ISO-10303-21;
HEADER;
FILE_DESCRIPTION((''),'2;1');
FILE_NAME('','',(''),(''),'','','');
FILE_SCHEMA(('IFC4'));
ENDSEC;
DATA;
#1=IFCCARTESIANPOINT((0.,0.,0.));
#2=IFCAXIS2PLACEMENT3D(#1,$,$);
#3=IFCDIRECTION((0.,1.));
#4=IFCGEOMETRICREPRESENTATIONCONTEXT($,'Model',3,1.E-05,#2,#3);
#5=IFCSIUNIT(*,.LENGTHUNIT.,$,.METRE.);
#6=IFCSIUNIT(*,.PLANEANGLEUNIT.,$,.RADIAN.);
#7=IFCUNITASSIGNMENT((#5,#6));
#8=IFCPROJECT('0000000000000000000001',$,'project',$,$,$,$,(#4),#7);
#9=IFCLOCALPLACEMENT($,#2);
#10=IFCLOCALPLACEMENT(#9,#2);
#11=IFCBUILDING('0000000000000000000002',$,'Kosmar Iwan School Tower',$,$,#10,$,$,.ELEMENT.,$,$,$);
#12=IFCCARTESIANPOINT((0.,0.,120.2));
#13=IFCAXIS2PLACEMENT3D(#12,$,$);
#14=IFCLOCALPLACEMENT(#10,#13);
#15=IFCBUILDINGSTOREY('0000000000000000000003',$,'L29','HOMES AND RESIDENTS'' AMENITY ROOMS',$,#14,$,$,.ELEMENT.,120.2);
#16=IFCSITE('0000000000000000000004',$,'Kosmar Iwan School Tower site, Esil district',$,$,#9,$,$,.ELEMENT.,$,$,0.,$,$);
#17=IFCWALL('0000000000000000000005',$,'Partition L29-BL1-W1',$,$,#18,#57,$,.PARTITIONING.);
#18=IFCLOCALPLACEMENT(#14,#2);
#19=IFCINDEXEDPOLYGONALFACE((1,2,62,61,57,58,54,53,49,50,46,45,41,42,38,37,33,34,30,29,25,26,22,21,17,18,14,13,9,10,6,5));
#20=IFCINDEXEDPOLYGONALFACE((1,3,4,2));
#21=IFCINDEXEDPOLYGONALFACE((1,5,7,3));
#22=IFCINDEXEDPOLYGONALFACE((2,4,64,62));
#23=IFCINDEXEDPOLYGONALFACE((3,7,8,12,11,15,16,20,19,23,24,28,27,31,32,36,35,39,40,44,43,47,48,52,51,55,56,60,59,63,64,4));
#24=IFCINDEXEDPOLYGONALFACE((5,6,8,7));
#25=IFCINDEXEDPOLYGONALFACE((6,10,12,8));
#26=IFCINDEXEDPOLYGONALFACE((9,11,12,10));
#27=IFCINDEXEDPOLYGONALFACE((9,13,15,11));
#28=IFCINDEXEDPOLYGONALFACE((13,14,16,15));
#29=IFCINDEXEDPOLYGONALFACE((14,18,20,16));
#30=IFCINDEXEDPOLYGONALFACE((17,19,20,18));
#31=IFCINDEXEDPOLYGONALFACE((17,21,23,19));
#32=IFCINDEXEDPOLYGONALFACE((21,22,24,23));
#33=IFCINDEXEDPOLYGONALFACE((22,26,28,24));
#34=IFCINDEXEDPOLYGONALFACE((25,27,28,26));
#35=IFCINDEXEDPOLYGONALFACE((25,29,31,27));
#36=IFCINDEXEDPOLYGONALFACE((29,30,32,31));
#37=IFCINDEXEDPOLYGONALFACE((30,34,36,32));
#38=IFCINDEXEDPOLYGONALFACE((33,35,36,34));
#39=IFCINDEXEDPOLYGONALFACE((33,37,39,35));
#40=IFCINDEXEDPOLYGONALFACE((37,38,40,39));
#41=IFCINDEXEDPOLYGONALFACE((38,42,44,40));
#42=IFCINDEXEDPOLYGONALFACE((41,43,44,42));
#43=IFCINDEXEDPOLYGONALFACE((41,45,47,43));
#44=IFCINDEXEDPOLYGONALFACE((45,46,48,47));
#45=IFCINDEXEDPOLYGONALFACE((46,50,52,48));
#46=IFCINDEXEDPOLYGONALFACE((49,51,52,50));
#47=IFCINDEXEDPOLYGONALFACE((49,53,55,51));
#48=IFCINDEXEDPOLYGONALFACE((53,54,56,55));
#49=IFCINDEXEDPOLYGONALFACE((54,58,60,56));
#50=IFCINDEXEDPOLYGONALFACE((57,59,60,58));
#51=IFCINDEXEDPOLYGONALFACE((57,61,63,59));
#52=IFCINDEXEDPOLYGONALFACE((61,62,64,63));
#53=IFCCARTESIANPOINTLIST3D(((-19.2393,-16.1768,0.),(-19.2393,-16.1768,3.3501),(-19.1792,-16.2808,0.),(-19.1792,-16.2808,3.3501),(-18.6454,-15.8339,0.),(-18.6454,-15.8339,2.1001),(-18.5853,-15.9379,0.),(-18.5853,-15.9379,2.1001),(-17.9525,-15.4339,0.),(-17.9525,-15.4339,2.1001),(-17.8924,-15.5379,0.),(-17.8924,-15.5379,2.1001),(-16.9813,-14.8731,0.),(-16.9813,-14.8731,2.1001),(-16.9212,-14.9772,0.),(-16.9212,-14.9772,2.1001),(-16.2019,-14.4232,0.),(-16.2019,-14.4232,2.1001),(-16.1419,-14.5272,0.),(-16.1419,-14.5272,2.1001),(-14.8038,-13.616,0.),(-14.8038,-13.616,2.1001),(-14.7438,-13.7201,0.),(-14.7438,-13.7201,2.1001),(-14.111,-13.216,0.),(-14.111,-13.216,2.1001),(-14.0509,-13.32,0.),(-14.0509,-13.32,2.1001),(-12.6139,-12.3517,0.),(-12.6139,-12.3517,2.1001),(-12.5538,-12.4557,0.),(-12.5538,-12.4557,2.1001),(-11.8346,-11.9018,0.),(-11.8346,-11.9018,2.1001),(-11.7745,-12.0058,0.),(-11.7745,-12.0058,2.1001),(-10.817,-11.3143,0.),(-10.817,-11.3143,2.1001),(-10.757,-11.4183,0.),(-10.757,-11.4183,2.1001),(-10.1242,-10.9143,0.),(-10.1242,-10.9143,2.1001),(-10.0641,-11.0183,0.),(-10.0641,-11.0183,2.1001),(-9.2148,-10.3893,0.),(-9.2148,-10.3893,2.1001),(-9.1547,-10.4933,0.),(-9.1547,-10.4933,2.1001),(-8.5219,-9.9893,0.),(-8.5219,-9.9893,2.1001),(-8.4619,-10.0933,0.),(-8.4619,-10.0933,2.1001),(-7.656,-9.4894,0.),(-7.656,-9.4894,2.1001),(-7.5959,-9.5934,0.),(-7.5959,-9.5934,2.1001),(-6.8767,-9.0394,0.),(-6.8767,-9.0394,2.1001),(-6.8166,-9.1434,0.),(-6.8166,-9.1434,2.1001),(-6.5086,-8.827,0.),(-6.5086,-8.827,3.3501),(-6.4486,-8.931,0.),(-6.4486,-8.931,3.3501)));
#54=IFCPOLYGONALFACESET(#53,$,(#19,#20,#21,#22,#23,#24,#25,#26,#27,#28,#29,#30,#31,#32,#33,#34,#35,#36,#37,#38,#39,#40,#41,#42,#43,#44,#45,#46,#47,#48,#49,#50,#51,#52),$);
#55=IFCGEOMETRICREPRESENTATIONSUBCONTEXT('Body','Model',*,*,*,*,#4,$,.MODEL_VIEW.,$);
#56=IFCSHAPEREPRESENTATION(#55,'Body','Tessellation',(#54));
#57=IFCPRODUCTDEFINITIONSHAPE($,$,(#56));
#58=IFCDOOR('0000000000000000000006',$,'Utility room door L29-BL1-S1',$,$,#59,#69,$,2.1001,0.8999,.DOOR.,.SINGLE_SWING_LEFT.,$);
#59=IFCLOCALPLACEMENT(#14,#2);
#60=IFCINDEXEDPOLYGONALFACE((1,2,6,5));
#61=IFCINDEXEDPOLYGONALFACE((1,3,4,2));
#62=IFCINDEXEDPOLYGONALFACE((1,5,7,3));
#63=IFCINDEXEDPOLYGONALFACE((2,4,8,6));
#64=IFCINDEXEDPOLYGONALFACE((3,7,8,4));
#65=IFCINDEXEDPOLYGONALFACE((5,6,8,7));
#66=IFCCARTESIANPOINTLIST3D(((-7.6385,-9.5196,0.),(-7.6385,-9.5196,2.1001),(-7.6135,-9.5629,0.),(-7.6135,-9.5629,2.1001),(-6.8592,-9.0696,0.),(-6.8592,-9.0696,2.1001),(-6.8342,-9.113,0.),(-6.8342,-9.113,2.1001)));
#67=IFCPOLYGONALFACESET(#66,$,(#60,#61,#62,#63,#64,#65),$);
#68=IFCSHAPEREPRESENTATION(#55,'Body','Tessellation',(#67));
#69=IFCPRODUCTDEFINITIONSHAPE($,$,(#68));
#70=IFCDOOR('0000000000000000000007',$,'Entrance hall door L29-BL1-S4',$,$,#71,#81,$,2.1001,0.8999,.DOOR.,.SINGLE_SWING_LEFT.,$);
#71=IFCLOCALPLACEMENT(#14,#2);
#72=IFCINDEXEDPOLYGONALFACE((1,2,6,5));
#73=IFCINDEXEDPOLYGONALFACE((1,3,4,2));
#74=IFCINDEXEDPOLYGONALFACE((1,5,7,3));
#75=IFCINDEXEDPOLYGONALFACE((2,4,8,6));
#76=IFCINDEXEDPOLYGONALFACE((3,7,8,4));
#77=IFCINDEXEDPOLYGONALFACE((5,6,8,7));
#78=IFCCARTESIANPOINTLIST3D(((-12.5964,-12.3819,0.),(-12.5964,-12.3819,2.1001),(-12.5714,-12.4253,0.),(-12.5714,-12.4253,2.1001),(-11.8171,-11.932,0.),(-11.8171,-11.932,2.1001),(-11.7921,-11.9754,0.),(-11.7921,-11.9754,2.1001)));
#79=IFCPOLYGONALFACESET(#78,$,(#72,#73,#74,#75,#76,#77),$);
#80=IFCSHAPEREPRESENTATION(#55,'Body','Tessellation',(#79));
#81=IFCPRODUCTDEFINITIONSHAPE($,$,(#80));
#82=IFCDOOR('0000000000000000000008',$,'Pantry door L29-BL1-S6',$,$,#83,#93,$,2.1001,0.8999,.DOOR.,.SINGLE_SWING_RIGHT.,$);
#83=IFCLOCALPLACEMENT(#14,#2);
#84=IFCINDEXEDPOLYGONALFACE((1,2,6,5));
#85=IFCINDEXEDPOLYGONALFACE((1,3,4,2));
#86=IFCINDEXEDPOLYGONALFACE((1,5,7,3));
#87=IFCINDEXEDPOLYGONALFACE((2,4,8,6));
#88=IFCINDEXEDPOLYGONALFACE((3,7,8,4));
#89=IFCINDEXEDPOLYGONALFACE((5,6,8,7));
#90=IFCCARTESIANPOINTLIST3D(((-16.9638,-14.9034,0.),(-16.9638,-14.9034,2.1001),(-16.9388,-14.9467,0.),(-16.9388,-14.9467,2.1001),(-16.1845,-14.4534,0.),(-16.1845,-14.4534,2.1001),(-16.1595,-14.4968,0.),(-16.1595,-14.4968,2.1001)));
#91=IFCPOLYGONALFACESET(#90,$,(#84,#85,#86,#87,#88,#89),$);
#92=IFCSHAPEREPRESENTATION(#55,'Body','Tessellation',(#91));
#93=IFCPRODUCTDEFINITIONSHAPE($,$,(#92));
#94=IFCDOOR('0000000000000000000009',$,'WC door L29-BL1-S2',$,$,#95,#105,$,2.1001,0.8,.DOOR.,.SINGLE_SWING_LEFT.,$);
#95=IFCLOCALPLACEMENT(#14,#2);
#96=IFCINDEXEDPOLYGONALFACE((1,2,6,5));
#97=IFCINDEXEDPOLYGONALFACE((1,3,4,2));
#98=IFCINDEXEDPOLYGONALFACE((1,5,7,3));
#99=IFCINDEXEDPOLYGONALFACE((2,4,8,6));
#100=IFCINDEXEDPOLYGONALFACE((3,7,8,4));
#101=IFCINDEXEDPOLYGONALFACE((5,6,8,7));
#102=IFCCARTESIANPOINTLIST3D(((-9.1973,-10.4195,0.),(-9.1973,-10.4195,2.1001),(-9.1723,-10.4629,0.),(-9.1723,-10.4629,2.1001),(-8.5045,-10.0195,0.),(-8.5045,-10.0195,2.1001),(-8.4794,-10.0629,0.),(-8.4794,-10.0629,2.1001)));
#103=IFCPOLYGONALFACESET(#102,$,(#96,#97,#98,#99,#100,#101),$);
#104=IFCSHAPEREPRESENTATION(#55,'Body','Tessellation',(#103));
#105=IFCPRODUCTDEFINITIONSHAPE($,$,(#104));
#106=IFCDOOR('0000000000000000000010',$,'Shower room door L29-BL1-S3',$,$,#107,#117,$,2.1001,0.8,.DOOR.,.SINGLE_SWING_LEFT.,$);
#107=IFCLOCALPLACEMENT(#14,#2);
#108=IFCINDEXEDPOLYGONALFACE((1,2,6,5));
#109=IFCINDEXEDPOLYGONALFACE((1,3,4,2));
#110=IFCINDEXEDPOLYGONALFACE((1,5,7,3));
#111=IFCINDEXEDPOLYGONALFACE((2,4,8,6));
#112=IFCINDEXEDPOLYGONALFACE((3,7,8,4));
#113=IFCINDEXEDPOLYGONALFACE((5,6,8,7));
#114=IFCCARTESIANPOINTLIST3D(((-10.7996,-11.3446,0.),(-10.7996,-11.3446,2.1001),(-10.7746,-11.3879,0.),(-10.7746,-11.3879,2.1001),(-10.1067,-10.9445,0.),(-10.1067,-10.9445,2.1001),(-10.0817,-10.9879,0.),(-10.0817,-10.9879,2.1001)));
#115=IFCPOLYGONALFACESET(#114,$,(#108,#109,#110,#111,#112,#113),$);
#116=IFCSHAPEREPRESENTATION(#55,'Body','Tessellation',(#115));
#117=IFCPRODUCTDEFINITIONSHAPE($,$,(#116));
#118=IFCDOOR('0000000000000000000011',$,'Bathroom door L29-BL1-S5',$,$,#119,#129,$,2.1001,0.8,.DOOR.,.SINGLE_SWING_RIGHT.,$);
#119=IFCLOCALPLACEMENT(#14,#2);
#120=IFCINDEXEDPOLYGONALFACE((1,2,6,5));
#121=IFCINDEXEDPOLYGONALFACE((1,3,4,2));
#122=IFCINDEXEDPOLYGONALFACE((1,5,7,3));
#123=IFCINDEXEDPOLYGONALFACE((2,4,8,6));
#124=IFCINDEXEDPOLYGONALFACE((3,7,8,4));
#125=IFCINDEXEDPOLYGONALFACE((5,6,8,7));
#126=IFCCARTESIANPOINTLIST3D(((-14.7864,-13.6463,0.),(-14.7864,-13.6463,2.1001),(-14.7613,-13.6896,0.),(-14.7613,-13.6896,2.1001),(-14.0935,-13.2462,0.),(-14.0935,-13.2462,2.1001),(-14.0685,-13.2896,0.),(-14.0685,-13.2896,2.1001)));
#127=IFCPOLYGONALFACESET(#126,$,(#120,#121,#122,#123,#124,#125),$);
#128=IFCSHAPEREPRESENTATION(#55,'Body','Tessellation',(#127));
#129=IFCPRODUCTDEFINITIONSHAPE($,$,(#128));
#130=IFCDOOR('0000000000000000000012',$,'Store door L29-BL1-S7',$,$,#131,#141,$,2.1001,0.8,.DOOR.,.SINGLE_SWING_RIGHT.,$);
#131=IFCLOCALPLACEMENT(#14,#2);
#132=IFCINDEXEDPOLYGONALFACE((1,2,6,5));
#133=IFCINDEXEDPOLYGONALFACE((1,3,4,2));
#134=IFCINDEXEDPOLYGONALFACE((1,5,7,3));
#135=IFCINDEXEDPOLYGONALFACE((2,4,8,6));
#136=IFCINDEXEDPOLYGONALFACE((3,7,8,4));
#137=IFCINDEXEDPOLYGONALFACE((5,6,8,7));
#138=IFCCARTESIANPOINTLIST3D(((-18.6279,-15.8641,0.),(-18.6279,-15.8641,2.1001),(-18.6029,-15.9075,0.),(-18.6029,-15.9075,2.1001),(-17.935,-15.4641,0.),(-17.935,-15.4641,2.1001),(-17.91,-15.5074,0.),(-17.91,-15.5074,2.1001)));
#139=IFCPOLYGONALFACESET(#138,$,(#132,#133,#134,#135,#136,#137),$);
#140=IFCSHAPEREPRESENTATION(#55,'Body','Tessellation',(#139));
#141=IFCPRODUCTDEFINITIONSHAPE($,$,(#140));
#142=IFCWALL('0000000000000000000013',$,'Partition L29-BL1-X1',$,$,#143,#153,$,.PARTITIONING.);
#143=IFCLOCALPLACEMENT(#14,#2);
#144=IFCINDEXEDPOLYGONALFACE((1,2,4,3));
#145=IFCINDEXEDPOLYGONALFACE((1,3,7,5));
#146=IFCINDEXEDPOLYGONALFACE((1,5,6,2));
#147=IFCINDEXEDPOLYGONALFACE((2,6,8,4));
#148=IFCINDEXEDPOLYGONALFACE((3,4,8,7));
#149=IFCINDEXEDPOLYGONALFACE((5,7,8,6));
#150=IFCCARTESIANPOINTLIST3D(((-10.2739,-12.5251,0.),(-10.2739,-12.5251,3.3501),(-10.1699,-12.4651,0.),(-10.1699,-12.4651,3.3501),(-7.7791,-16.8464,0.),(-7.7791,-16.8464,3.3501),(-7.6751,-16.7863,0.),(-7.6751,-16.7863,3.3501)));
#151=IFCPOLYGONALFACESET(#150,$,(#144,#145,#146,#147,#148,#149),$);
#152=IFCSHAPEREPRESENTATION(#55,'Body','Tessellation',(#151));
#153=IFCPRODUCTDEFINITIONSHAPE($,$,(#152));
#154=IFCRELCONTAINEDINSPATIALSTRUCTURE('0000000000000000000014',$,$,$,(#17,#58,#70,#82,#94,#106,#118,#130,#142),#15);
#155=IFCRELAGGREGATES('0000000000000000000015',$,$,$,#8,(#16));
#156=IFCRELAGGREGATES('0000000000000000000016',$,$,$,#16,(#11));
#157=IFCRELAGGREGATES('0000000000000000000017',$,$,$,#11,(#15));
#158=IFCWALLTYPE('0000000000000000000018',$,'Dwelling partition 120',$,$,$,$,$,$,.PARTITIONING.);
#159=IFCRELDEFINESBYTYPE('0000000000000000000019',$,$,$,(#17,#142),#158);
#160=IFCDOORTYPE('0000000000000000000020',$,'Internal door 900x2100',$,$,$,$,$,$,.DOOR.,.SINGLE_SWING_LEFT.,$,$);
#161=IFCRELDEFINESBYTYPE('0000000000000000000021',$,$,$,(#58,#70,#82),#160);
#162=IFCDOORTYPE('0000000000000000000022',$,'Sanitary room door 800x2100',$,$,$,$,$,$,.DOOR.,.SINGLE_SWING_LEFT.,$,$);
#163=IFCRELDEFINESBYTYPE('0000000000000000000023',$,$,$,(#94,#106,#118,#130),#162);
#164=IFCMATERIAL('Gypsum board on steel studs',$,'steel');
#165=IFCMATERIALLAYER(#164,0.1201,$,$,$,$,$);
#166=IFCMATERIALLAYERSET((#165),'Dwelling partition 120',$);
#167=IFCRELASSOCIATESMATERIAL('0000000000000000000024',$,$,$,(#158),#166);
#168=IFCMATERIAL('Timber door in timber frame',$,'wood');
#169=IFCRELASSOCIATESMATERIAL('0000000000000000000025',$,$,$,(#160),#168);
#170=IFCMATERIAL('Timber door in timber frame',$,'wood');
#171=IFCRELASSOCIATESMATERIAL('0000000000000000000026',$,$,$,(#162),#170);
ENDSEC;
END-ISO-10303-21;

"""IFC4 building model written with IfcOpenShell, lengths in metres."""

from ifc_helpers import new_model, si_unit, direction, frame, frame_2d, origin, place, context, subcontext, project, spatial, rectangle, extrude, material, layer, layer_set, type_object, element, fill, save


model = new_model("IFC4")

# Units and contexts
model_context = context("Model", 3, precision=1e-05, world=origin(), true_north=direction((0.0, 1.0)))
body_context = subcontext(model_context, "Body", "Model", "MODEL_VIEW")
ifc_project = project(units=[si_unit("LENGTHUNIT", "METRE"), si_unit("PLANEANGLEUNIT", "RADIAN")], contexts=[model_context])

# Site, building, storey
site_placement = place(None, origin())
site = spatial("IfcSite", under=ifc_project, at=site_placement, Name="Kosmar Iwan School Tower site, Esil district", CompositionType="ELEMENT", RefElevation=0.0)
building_placement = place(site_placement, origin())
building = spatial("IfcBuilding", under=site, at=building_placement, Name="Kosmar Iwan School Tower", CompositionType="ELEMENT")
storey_placement = place(building_placement, frame((0.0, 0.0, 120.2)))
storey = spatial("IfcBuildingStorey", under=building, at=storey_placement, Name="L29", Description="HOMES AND RESIDENTS' AMENITY ROOMS", CompositionType="ELEMENT", Elevation=120.2)

# Wall, openings, doors
ifc_material_1 = material(Name="Gypsum board on steel studs", Category="steel")
ifc_layer = layer(ifc_material_1, 0.1201)
ifc_layer_set = layer_set([ifc_layer], Name="Dwelling partition 120")
wall_type = type_object("IfcWallType", Name="Dwelling partition 120", PredefinedType="PARTITIONING", material=ifc_layer_set)
wall_1_placement = place(storey_placement, frame((-6.4785, -8.8789, 0.0), z_axis=(0.0, 0.0, 1.0), x_axis=(-0.866032, -0.499988, 0.0)))
wall_1 = element("IfcWall", 1, at=wall_1_placement, inside=storey, type_object=wall_type, Name="Partition L29-BL1-W1", PredefinedType="PARTITIONING", context=body_context, shape_type="SweptSolid", body=[
    extrude(rectangle(XDim=14.7, YDim=0.1201, at=frame_2d((7.3501, 0.0))), origin(), (0.0, 0.0, 1.0), 3.3501),
])
opening_1_placement = place(wall_1_placement, frame((0.425, 0.0, 0.0)))
opening_1 = element("IfcOpeningElement", 2, at=opening_1_placement, cuts=wall_1, PredefinedType="OPENING", context=body_context, shape_type="SweptSolid", body=[
    extrude(rectangle(XDim=0.8999, YDim=2.1001, at=frame_2d((0.45, 1.05))), frame((0.0, 0.072, 0.0), z_axis=(0.0, -1.0, 0.0), x_axis=(1.0, 0.0, 0.0)), (0.0, 0.0, 1.0), 0.144),
])
opening_2_placement = place(wall_1_placement, frame((2.325, 0.0, 0.0)))
opening_2 = element("IfcOpeningElement", 3, at=opening_2_placement, cuts=wall_1, PredefinedType="OPENING", context=body_context, shape_type="SweptSolid", body=[
    extrude(rectangle(XDim=0.8, YDim=2.1001, at=frame_2d((0.3999, 1.05))), frame((0.0, 0.072, 0.0), z_axis=(0.0, -1.0, 0.0), x_axis=(1.0, 0.0, 0.0)), (0.0, 0.0, 1.0), 0.144),
])
opening_3_placement = place(wall_1_placement, frame((4.175, 0.0, 0.0)))
opening_3 = element("IfcOpeningElement", 4, at=opening_3_placement, cuts=wall_1, PredefinedType="OPENING", context=body_context, shape_type="SweptSolid", body=[
    extrude(rectangle(XDim=0.8, YDim=2.1001, at=frame_2d((0.3999, 1.05))), frame((0.0, 0.072, 0.0), z_axis=(0.0, -1.0, 0.0), x_axis=(1.0, 0.0, 0.0)), (0.0, 0.0, 1.0), 0.144),
])
opening_4_placement = place(wall_1_placement, frame((6.1499, 0.0, 0.0)))
opening_4 = element("IfcOpeningElement", 5, at=opening_4_placement, cuts=wall_1, PredefinedType="OPENING", context=body_context, shape_type="SweptSolid", body=[
    extrude(rectangle(XDim=0.8999, YDim=2.1001, at=frame_2d((0.45, 1.05))), frame((0.0, 0.072, 0.0), z_axis=(0.0, -1.0, 0.0), x_axis=(1.0, 0.0, 0.0)), (0.0, 0.0, 1.0), 0.144),
])
opening_5_placement = place(wall_1_placement, frame((8.7786, 0.0, 0.0)))
opening_5 = element("IfcOpeningElement", 6, at=opening_5_placement, cuts=wall_1, PredefinedType="OPENING", context=body_context, shape_type="SweptSolid", body=[
    extrude(rectangle(XDim=0.8, YDim=2.1001, at=frame_2d((0.3999, 1.05))), frame((0.0, 0.072, 0.0), z_axis=(0.0, -1.0, 0.0), x_axis=(1.0, 0.0, 0.0)), (0.0, 0.0, 1.0), 0.144),
])
opening_6_placement = place(wall_1_placement, frame((11.1929, 0.0, 0.0)))
opening_6 = element("IfcOpeningElement", 7, at=opening_6_placement, cuts=wall_1, PredefinedType="OPENING", context=body_context, shape_type="SweptSolid", body=[
    extrude(rectangle(XDim=0.8999, YDim=2.1001, at=frame_2d((0.45, 1.05))), frame((0.0, 0.072, 0.0), z_axis=(0.0, -1.0, 0.0), x_axis=(1.0, 0.0, 0.0)), (0.0, 0.0, 1.0), 0.144),
])
opening_7_placement = place(wall_1_placement, frame((13.2144, 0.0, 0.0)))
opening_7 = element("IfcOpeningElement", 8, at=opening_7_placement, cuts=wall_1, PredefinedType="OPENING", context=body_context, shape_type="SweptSolid", body=[
    extrude(rectangle(XDim=0.8, YDim=2.1001, at=frame_2d((0.3999, 1.05))), frame((0.0, 0.072, 0.0), z_axis=(0.0, -1.0, 0.0), x_axis=(1.0, 0.0, 0.0)), (0.0, 0.0, 1.0), 0.144),
])
ifc_material_2 = material(Name="Timber door in timber frame", Category="wood")
door_type_1 = type_object("IfcDoorType", Name="Internal door 900x2100", OperationType="SINGLE_SWING_LEFT", PredefinedType="DOOR", material=ifc_material_2)
door_1_placement = place(opening_1_placement, origin())
door_1 = element("IfcDoor", 9, at=door_1_placement, inside=storey, type_object=door_type_1, Name="Utility room door L29-BL1-S1", OperationType="SINGLE_SWING_LEFT", OverallHeight=2.1001, OverallWidth=0.8999, PredefinedType="DOOR", context=body_context, shape_type="SweptSolid", body=[
    extrude(rectangle(XDim=0.8999, YDim=2.1001, at=frame_2d((0.45, 1.05))), frame((0.0, 0.0249, 0.0), z_axis=(0.0, -1.0, 0.0), x_axis=(1.0, 0.0, 0.0)), (0.0, 0.0, 1.0), 0.05),
])
fill(opening_1, door_1)
door_2_placement = place(opening_4_placement, origin())
door_2 = element("IfcDoor", 10, at=door_2_placement, inside=storey, type_object=door_type_1, Name="Entrance hall door L29-BL1-S4", OperationType="SINGLE_SWING_LEFT", OverallHeight=2.1001, OverallWidth=0.8999, PredefinedType="DOOR", context=body_context, shape_type="SweptSolid", body=[
    extrude(rectangle(XDim=0.8999, YDim=2.1001, at=frame_2d((0.45, 1.05))), frame((0.0, 0.0249, 0.0), z_axis=(0.0, -1.0, 0.0), x_axis=(1.0, 0.0, 0.0)), (0.0, 0.0, 1.0), 0.05),
])
fill(opening_4, door_2)
door_3_placement = place(opening_6_placement, origin())
door_3 = element("IfcDoor", 11, at=door_3_placement, inside=storey, type_object=door_type_1, Name="Pantry door L29-BL1-S6", OperationType="SINGLE_SWING_RIGHT", OverallHeight=2.1001, OverallWidth=0.8999, PredefinedType="DOOR", context=body_context, shape_type="SweptSolid", body=[
    extrude(rectangle(XDim=0.8999, YDim=2.1001, at=frame_2d((0.45, 1.05))), frame((0.0, 0.0249, 0.0), z_axis=(0.0, -1.0, 0.0), x_axis=(1.0, 0.0, 0.0)), (0.0, 0.0, 1.0), 0.05),
])
fill(opening_6, door_3)
ifc_material_3 = material(Name="Timber door in timber frame", Category="wood")
door_type_2 = type_object("IfcDoorType", Name="Sanitary room door 800x2100", OperationType="SINGLE_SWING_LEFT", PredefinedType="DOOR", material=ifc_material_3)
door_4_placement = place(opening_2_placement, origin())
door_4 = element("IfcDoor", 12, at=door_4_placement, inside=storey, type_object=door_type_2, Name="WC door L29-BL1-S2", OperationType="SINGLE_SWING_LEFT", OverallHeight=2.1001, OverallWidth=0.8, PredefinedType="DOOR", context=body_context, shape_type="SweptSolid", body=[
    extrude(rectangle(XDim=0.8, YDim=2.1001, at=frame_2d((0.3999, 1.05))), frame((0.0, 0.0249, 0.0), z_axis=(0.0, -1.0, 0.0), x_axis=(1.0, 0.0, 0.0)), (0.0, 0.0, 1.0), 0.05),
])
fill(opening_2, door_4)
door_5_placement = place(opening_3_placement, origin())
door_5 = element("IfcDoor", 13, at=door_5_placement, inside=storey, type_object=door_type_2, Name="Shower room door L29-BL1-S3", OperationType="SINGLE_SWING_LEFT", OverallHeight=2.1001, OverallWidth=0.8, PredefinedType="DOOR", context=body_context, shape_type="SweptSolid", body=[
    extrude(rectangle(XDim=0.8, YDim=2.1001, at=frame_2d((0.3999, 1.05))), frame((0.0, 0.0249, 0.0), z_axis=(0.0, -1.0, 0.0), x_axis=(1.0, 0.0, 0.0)), (0.0, 0.0, 1.0), 0.05),
])
fill(opening_3, door_5)
door_6_placement = place(opening_5_placement, origin())
door_6 = element("IfcDoor", 14, at=door_6_placement, inside=storey, type_object=door_type_2, Name="Bathroom door L29-BL1-S5", OperationType="SINGLE_SWING_RIGHT", OverallHeight=2.1001, OverallWidth=0.8, PredefinedType="DOOR", context=body_context, shape_type="SweptSolid", body=[
    extrude(rectangle(XDim=0.8, YDim=2.1001, at=frame_2d((0.3999, 1.05))), frame((0.0, 0.0249, 0.0), z_axis=(0.0, -1.0, 0.0), x_axis=(1.0, 0.0, 0.0)), (0.0, 0.0, 1.0), 0.05),
])
fill(opening_5, door_6)
door_7_placement = place(opening_7_placement, origin())
door_7 = element("IfcDoor", 15, at=door_7_placement, inside=storey, type_object=door_type_2, Name="Store door L29-BL1-S7", OperationType="SINGLE_SWING_RIGHT", OverallHeight=2.1001, OverallWidth=0.8, PredefinedType="DOOR", context=body_context, shape_type="SweptSolid", body=[
    extrude(rectangle(XDim=0.8, YDim=2.1001, at=frame_2d((0.3999, 1.05))), frame((0.0, 0.0249, 0.0), z_axis=(0.0, -1.0, 0.0), x_axis=(1.0, 0.0, 0.0)), (0.0, 0.0, 1.0), 0.05),
])
fill(opening_7, door_7)

# Wall
wall_2_placement = place(storey_placement, frame((-10.2219, -12.4951, 0.0), z_axis=(0.0, 0.0, 1.0), x_axis=(0.499996, -0.866028, 0.0)))
element("IfcWall", 16, at=wall_2_placement, inside=storey, type_object=wall_type, Name="Partition L29-BL1-X1", PredefinedType="PARTITIONING", context=body_context, shape_type="SweptSolid", body=[
    extrude(rectangle(XDim=4.9897, YDim=0.1201, at=frame_2d((2.4949, 0.0))), origin(), (0.0, 0.0, 1.0), 3.3501),
])

save(model, "model.ifc")
